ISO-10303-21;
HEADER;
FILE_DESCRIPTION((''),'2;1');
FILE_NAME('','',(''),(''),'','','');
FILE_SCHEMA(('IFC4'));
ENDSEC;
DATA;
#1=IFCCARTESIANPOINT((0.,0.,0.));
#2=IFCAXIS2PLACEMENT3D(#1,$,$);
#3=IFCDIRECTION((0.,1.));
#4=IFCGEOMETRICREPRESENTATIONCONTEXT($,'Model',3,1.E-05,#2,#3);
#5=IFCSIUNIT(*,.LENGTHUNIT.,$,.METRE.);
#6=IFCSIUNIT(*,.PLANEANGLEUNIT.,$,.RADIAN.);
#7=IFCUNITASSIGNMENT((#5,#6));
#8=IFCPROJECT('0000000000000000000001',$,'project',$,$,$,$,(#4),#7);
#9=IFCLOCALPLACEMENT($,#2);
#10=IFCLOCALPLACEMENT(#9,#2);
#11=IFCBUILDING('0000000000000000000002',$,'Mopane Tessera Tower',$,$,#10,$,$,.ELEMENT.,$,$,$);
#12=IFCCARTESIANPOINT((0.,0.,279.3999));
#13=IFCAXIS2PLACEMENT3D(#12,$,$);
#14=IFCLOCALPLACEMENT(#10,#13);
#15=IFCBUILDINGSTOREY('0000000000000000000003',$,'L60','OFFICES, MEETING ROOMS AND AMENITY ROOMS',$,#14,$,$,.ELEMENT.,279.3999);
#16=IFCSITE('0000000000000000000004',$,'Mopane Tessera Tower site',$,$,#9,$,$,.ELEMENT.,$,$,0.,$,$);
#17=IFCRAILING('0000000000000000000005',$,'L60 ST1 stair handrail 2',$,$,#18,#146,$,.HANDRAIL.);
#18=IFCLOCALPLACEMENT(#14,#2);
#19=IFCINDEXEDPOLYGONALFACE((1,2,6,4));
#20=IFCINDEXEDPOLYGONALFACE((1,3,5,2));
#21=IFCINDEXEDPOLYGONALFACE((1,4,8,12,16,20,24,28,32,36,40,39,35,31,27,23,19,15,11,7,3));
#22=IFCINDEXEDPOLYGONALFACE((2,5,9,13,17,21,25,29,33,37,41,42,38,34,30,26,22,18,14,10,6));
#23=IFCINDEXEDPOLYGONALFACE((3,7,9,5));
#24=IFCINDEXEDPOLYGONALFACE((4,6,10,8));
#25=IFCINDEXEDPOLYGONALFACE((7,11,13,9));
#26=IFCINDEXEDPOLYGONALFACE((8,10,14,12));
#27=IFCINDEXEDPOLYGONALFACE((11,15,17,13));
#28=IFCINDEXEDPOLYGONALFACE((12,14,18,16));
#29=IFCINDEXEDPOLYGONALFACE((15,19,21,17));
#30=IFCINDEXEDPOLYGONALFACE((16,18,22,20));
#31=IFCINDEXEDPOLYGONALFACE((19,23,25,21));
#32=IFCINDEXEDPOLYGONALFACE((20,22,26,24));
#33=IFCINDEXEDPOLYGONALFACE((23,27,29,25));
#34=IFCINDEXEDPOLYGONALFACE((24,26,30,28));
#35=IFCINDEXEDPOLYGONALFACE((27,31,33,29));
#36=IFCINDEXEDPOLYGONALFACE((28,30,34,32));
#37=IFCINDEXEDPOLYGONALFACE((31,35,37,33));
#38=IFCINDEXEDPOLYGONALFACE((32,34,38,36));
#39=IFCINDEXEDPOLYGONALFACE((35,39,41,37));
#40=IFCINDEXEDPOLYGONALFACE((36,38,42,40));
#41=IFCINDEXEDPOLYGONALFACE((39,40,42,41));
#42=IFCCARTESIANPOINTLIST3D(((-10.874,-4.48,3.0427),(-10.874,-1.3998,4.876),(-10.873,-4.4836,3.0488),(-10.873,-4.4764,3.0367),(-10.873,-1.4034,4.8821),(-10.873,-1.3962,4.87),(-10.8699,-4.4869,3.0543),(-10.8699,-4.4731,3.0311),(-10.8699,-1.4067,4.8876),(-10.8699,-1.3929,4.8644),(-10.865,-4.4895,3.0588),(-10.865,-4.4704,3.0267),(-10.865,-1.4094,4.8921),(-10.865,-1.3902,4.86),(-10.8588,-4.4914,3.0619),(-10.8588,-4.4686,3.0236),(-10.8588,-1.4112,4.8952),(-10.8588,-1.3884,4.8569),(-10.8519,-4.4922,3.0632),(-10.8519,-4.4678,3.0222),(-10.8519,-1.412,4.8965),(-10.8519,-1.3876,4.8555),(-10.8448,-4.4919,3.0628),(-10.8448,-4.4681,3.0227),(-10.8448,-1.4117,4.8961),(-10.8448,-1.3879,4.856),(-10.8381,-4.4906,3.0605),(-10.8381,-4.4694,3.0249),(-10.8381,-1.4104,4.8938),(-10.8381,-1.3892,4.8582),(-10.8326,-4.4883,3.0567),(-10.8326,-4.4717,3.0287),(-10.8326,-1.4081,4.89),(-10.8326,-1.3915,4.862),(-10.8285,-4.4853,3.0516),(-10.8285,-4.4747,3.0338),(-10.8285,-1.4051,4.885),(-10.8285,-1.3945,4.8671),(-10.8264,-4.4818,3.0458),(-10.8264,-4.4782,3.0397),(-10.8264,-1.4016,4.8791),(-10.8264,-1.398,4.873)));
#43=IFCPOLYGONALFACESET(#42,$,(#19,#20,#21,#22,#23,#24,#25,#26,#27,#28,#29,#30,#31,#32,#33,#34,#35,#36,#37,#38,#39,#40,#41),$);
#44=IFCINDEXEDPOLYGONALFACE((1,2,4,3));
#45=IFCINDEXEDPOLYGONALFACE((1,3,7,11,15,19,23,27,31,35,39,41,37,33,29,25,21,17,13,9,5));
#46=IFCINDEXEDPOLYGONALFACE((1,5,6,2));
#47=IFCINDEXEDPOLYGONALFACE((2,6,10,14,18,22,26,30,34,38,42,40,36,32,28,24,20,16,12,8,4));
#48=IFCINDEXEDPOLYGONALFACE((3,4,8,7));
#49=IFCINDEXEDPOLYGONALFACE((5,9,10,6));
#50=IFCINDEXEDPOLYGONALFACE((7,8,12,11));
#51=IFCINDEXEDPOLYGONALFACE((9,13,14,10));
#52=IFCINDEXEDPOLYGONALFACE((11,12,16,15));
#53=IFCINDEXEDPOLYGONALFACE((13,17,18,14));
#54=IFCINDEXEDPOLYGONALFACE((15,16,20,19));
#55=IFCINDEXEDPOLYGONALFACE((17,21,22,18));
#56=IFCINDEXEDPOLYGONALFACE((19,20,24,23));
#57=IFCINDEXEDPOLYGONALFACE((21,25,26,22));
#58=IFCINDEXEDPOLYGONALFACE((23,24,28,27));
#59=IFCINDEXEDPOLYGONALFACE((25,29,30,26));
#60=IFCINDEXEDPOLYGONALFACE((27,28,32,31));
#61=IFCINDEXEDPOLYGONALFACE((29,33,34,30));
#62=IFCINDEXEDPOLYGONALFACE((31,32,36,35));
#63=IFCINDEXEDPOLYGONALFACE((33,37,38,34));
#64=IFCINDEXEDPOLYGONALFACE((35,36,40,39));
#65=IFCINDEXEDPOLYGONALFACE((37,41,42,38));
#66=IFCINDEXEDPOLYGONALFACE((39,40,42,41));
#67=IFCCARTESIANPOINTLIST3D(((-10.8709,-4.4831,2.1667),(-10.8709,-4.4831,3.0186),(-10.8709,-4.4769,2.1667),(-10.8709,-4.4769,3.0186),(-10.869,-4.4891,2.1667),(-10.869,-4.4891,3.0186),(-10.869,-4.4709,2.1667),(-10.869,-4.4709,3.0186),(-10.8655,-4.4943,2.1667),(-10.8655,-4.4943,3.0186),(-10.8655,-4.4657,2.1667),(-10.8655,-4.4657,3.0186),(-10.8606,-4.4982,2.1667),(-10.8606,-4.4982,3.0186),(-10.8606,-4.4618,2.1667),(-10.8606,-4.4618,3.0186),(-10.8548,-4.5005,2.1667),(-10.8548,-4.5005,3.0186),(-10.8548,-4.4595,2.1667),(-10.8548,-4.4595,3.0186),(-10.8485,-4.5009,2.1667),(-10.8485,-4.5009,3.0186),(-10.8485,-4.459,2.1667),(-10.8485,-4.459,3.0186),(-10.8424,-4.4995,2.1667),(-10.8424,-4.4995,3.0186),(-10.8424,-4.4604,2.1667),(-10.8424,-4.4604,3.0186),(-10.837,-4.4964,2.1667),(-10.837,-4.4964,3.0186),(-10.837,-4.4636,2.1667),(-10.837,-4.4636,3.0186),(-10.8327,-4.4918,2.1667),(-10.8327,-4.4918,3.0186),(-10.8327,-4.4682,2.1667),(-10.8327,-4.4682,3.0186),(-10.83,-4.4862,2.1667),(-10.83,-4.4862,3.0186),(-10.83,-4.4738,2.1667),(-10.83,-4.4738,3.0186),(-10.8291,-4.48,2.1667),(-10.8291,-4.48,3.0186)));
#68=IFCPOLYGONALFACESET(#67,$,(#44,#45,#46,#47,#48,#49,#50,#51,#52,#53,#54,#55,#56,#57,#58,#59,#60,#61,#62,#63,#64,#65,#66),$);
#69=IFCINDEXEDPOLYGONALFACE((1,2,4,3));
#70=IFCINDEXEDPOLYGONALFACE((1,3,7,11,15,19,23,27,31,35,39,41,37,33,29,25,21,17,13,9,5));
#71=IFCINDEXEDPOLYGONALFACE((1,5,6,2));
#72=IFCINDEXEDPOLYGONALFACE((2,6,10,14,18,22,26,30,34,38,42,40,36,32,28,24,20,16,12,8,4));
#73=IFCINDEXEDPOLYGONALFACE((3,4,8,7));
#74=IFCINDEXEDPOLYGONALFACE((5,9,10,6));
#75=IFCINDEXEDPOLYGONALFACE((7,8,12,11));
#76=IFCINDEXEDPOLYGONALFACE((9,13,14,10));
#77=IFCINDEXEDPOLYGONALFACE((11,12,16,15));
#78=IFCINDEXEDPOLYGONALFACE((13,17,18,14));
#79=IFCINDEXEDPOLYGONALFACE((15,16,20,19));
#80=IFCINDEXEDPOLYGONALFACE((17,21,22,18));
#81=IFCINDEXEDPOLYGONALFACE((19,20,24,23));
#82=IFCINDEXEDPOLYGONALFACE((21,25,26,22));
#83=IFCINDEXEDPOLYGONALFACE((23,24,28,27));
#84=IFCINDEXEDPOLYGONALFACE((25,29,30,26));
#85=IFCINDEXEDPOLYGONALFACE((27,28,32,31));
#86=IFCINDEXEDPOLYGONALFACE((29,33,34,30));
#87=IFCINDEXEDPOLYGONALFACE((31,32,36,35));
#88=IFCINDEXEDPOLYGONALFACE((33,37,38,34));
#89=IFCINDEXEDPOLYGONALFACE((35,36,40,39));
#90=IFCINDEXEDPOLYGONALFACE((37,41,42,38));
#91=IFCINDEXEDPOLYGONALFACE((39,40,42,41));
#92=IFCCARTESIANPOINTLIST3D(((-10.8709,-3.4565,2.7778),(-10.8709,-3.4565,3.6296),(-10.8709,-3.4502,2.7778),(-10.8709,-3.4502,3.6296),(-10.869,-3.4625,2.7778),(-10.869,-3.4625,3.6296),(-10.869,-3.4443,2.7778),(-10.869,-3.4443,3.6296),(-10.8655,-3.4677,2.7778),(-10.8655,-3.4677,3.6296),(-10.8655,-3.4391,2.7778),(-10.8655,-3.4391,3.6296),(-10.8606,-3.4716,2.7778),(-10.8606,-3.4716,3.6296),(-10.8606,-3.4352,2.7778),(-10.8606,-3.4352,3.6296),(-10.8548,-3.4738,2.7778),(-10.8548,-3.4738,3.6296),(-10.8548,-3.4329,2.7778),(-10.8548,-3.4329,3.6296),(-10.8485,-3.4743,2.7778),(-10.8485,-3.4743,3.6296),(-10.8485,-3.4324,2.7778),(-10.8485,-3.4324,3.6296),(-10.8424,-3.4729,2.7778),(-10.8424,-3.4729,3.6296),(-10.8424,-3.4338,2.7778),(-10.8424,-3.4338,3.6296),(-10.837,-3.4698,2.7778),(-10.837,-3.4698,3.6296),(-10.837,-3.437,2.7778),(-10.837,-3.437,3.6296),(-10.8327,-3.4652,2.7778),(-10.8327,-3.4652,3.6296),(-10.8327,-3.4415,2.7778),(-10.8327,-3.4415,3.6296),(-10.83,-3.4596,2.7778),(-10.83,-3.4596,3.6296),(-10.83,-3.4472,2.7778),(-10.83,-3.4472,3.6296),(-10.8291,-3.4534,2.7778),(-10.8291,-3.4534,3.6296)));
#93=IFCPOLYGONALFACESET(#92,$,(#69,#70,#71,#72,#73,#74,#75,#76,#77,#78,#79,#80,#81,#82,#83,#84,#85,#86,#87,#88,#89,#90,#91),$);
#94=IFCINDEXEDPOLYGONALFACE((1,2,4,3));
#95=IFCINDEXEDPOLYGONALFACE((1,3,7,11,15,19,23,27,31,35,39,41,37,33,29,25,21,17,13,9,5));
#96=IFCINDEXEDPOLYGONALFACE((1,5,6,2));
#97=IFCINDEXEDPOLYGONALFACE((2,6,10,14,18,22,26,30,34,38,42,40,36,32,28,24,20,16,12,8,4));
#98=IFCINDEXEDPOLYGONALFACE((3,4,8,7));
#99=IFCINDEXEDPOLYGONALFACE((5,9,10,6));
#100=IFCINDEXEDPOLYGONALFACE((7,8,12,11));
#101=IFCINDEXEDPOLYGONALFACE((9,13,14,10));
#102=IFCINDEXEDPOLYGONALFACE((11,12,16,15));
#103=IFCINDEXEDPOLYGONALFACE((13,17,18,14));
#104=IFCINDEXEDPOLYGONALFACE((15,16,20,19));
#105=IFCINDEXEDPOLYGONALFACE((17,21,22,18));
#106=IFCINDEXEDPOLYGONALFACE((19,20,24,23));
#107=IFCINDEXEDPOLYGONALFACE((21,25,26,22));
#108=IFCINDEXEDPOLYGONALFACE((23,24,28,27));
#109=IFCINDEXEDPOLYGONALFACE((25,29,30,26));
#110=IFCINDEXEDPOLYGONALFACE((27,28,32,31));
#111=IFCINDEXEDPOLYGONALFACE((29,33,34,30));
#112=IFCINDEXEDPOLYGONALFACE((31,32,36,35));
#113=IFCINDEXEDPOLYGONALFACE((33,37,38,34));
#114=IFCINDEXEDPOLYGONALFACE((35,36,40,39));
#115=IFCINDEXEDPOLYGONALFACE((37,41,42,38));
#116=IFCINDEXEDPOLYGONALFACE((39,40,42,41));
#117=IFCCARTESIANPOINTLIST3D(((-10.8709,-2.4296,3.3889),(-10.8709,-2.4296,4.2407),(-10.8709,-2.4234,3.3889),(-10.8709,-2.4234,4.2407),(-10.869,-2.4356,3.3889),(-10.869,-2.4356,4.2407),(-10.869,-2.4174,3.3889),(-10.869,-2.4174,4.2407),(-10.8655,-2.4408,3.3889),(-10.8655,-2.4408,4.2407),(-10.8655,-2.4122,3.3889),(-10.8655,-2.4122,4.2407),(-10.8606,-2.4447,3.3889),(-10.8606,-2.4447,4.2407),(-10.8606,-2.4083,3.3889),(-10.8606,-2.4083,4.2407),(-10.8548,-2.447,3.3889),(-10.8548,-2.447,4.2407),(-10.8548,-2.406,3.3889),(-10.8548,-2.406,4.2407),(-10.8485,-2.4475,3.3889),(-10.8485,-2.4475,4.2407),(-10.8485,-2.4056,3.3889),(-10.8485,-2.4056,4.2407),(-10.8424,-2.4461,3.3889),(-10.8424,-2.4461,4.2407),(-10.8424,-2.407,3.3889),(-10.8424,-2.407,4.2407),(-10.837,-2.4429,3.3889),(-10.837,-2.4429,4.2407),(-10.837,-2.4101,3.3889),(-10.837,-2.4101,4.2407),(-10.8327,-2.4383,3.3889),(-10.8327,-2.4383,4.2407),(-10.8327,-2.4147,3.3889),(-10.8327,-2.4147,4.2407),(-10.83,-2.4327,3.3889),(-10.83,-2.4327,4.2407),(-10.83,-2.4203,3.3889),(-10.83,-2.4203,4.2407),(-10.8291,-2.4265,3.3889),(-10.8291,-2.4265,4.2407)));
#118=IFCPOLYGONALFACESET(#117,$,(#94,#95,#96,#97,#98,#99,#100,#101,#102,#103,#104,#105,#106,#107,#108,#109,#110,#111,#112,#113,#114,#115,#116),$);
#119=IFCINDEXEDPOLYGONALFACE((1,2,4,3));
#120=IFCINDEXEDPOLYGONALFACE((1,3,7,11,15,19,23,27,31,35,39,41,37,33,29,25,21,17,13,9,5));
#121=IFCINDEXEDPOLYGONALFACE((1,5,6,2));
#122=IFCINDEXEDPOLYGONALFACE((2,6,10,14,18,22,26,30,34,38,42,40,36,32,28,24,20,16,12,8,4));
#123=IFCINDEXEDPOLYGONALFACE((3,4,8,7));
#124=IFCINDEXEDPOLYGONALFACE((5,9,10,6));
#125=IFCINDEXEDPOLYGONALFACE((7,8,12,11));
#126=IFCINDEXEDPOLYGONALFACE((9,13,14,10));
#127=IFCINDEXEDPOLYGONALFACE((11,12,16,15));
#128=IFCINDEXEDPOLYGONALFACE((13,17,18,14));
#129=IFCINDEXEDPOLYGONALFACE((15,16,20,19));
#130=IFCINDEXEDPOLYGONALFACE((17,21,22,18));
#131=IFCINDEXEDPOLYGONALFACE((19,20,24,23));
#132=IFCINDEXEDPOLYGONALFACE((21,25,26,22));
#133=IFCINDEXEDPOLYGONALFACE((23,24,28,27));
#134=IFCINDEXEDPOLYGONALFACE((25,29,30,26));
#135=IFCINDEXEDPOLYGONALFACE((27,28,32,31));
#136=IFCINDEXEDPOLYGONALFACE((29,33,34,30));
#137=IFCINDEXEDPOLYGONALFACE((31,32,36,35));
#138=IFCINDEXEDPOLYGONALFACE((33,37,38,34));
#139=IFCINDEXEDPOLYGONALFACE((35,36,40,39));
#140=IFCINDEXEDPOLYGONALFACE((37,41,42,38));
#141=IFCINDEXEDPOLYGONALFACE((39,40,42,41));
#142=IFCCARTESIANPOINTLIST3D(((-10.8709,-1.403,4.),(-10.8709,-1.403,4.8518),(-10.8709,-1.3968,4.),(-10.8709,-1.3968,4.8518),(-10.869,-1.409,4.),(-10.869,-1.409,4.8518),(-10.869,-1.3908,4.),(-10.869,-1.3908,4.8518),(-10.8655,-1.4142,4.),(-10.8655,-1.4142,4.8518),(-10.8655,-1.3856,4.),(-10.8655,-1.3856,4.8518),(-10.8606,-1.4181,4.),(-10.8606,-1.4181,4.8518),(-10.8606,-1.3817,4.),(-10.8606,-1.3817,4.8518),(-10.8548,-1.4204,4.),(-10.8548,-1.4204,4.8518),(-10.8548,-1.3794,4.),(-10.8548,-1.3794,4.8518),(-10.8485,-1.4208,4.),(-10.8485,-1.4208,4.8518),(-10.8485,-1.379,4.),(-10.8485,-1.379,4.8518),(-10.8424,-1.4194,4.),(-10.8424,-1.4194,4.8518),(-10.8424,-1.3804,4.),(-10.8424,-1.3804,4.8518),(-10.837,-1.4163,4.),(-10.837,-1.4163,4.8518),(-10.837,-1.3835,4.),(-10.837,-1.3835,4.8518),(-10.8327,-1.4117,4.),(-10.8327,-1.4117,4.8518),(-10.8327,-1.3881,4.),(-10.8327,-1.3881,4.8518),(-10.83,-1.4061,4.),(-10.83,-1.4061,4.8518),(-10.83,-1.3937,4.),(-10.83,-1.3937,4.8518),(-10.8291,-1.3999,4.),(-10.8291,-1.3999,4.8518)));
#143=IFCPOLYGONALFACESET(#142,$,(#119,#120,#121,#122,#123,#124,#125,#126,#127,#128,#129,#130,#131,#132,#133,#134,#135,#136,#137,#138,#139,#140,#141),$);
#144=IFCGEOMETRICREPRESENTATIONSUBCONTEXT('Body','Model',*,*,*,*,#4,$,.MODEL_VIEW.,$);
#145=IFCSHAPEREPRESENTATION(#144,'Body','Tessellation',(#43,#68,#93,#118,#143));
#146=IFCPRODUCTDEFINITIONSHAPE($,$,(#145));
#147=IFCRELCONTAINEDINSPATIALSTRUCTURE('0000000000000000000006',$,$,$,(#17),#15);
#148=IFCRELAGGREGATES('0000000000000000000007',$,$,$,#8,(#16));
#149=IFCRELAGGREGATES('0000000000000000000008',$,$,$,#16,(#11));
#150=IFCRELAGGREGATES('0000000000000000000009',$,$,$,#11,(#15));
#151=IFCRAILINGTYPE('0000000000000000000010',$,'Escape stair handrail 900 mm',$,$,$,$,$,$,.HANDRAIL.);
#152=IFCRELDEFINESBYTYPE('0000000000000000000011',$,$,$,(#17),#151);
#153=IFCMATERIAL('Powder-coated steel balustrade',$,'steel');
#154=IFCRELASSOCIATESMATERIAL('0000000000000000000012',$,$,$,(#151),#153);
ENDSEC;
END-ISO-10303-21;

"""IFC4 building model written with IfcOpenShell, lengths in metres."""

from ifc_helpers import new_model, si_unit, direction, frame, origin, origin_2d, place, context, subcontext, project, spatial, circle, extrude, material, type_object, element, save


model = new_model("IFC4")

# Units and contexts
model_context = context("Model", 3, precision=1e-05, world=origin(), true_north=direction((0.0, 1.0)))
body_context = subcontext(model_context, "Body", "Model", "MODEL_VIEW")
ifc_project = project(units=[si_unit("LENGTHUNIT", "METRE"), si_unit("PLANEANGLEUNIT", "RADIAN")], contexts=[model_context])

# Site, building, storey
site_placement = place(None, origin())
site = spatial("IfcSite", under=ifc_project, at=site_placement, Name="Mopane Tessera Tower site", CompositionType="ELEMENT", RefElevation=0.0)
building_placement = place(site_placement, origin())
building = spatial("IfcBuilding", under=site, at=building_placement, Name="Mopane Tessera Tower", CompositionType="ELEMENT")
storey_placement = place(building_placement, frame((0.0, 0.0, 279.3999)))
storey = spatial("IfcBuildingStorey", under=building, at=storey_placement, Name="L60", Description="OFFICES, MEETING ROOMS AND AMENITY ROOMS", CompositionType="ELEMENT", Elevation=279.3999)

# Railing
ifc_material_1 = material(Name="Powder-coated steel balustrade", Category="steel")
railing_type_1 = type_object("IfcRailingType", Name="Escape stair handrail 900 mm", PredefinedType="HANDRAIL", material=ifc_material_1)
railing_1_placement = place(storey_placement, frame((-10.8501, -4.48, 2.1667)))
element("IfcRailing", 1, at=railing_1_placement, inside=storey, type_object=railing_type_1, Name="L60 ST1 stair handrail 2", PredefinedType="HANDRAIL", context=body_context, shape_type="SweptSolid", body=[
    extrude(circle(Radius=0.0239, at=origin_2d()), frame((0.0, 0.0, 0.876), z_axis=(0.0, 0.859309, 0.511458), x_axis=(-1.0, 0.0, 0.0)), (0.0, 0.0, 1.0), 3.5845),
    extrude(circle(Radius=0.021, at=origin_2d()), origin(), (0.0, 0.0, 1.0), 0.8518),
    extrude(circle(Radius=0.021, at=origin_2d()), frame((0.0, 1.0266, 0.6111)), (0.0, 0.0, 1.0), 0.8518),
    extrude(circle(Radius=0.021, at=origin_2d()), frame((0.0, 2.0535, 1.2222)), (0.0, 0.0, 1.0), 0.8518),
    extrude(circle(Radius=0.021, at=origin_2d()), frame((0.0, 3.0801, 1.8333)), (0.0, 0.0, 1.0), 0.8518),
])

save(model, "model.ifc")
